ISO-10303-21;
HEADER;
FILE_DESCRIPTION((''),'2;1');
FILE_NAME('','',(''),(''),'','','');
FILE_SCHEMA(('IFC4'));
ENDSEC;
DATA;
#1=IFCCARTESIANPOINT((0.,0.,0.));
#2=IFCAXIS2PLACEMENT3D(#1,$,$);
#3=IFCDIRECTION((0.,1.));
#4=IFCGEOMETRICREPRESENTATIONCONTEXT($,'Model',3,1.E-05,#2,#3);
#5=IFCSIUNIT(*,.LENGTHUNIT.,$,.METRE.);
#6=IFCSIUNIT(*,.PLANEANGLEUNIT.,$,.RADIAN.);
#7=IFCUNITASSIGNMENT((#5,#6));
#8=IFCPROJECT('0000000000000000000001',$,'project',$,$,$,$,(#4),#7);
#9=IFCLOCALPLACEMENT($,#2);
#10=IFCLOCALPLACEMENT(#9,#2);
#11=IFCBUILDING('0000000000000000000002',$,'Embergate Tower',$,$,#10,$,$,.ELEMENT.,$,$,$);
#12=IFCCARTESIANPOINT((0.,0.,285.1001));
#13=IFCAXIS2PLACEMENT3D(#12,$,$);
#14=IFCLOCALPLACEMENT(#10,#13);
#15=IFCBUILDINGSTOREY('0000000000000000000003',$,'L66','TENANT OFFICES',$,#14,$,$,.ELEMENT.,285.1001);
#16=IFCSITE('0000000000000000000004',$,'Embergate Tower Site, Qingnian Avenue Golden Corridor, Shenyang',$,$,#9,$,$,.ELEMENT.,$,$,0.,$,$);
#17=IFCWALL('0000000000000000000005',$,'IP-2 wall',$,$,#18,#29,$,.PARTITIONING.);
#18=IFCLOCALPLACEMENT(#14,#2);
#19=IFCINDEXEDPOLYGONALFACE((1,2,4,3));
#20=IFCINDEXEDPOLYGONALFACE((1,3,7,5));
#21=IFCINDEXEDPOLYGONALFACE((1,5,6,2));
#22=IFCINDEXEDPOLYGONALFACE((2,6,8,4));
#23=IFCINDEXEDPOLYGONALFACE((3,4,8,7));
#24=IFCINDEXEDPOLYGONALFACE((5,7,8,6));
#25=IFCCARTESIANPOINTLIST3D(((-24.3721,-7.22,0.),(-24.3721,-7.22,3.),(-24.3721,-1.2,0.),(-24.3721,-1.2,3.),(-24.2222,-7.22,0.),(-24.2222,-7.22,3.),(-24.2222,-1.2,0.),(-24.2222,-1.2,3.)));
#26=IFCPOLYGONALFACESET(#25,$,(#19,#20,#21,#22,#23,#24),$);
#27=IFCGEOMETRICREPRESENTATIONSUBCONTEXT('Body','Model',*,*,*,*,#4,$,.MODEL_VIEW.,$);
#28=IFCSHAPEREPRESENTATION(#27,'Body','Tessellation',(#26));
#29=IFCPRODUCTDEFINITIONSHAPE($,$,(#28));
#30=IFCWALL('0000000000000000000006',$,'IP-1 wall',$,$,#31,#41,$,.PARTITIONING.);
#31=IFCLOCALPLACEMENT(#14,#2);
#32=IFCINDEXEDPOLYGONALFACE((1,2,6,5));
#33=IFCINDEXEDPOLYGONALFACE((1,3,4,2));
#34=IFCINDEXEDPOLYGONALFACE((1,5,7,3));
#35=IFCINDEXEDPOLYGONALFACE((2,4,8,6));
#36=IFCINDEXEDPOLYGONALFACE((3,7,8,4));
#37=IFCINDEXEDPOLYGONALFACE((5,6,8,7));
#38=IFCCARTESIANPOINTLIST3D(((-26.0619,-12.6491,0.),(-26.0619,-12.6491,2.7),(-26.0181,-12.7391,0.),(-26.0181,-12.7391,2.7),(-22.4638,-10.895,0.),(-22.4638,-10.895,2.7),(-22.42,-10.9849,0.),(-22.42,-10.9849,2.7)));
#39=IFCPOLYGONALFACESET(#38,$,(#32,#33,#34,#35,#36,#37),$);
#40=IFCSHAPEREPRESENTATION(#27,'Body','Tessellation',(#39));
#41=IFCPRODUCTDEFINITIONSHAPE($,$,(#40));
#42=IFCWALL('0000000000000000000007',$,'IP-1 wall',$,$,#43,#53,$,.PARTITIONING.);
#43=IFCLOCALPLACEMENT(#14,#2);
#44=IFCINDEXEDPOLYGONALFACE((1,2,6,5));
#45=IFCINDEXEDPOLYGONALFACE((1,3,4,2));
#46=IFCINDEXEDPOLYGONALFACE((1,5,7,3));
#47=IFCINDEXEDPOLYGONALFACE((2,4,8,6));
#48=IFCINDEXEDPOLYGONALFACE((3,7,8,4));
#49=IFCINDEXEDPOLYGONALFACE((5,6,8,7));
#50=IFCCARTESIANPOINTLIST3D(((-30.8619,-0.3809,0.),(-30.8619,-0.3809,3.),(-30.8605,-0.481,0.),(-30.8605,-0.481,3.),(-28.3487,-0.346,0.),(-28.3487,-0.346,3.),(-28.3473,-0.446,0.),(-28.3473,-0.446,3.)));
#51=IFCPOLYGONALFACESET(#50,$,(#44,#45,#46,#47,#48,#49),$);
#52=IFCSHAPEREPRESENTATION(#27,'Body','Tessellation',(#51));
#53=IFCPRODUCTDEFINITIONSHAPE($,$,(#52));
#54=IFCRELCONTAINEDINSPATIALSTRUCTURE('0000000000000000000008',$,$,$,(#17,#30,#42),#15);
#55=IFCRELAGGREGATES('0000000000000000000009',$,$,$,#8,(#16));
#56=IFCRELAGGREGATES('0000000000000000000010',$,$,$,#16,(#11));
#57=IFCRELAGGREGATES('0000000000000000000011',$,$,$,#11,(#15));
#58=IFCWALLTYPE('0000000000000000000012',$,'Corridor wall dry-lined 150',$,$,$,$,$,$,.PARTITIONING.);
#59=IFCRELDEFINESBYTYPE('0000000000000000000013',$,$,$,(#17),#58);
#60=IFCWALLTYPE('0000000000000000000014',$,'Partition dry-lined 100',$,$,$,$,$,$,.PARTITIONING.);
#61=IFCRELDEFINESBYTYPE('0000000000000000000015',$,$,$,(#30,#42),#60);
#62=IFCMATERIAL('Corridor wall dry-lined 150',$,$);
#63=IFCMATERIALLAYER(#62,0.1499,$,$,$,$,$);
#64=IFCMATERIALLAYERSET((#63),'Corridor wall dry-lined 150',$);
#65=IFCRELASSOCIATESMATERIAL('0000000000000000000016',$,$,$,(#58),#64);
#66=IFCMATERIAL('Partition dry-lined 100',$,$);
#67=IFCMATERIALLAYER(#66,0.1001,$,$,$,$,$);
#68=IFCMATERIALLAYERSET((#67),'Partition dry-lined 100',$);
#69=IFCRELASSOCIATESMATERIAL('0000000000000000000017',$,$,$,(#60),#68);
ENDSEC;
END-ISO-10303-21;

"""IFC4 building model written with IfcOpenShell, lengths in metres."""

from ifc_helpers import new_model, si_unit, direction, frame, frame_2d, origin, place, context, subcontext, project, spatial, rectangle, extrude, source, transform, mapped, material, layer, layer_set, type_object, element, save


model = new_model("IFC4")

# Units and contexts
model_context = context("Model", 3, precision=1e-05, world=origin(), true_north=direction((0.0, 1.0)))
body_context = subcontext(model_context, "Body", "Model", "MODEL_VIEW")
ifc_project = project(units=[si_unit("LENGTHUNIT", "METRE"), si_unit("PLANEANGLEUNIT", "RADIAN")], contexts=[model_context])

# Site, building, storey
site_placement = place(None, origin())
site = spatial("IfcSite", under=ifc_project, at=site_placement, Name="Embergate Tower Site, Qingnian Avenue Golden Corridor, Shenyang", CompositionType="ELEMENT", RefElevation=0.0)
building_placement = place(site_placement, origin())
building = spatial("IfcBuilding", under=site, at=building_placement, Name="Embergate Tower", CompositionType="ELEMENT")
storey_placement = place(building_placement, frame((0.0, 0.0, 285.1001)))
storey = spatial("IfcBuildingStorey", under=building, at=storey_placement, Name="L66", Description="TENANT OFFICES", CompositionType="ELEMENT", Elevation=285.1001)

# Shared definitions
ifc_material_1 = material(Name="Corridor wall dry-lined 150")
ifc_layer_1 = layer(ifc_material_1, 0.1499)
ifc_layer_set_1 = layer_set([ifc_layer_1], Name="Corridor wall dry-lined 150")
wall_type_1 = type_object("IfcWallType", Name="Corridor wall dry-lined 150", PredefinedType="PARTITIONING", material=ifc_layer_set_1)

# Walls
shared_shape_1 = source(origin(), body_context, "Body", "SweptSolid", [
    extrude(rectangle(XDim=6.02, YDim=0.1499, at=frame_2d((3.01, 0.0))), origin(), (0.0, 0.0, 1.0), 3.0),
])
wall_1_placement = place(storey_placement, frame((-24.2971, -1.2, 0.0), z_axis=(0.0, 0.0, 1.0), x_axis=(0.0, -1.0, 0.0)))
element("IfcWall", 1, at=wall_1_placement, inside=storey, type_object=wall_type_1, Name="IP-2 wall", PredefinedType="PARTITIONING", context=body_context, shape_type="MappedRepresentation", body=[
    mapped(shared_shape_1, transform((0.0, 0.0, 0.0))),
])
ifc_material_2 = material(Name="Partition dry-lined 100")
ifc_layer_2 = layer(ifc_material_2, 0.1001)
ifc_layer_set_2 = layer_set([ifc_layer_2], Name="Partition dry-lined 100")
wall_type_2 = type_object("IfcWallType", Name="Partition dry-lined 100", PredefinedType="PARTITIONING", material=ifc_layer_set_2)
shared_shape_2 = source(origin(), body_context, "Body", "SweptSolid", [
    extrude(rectangle(XDim=4.0029, YDim=0.1001, at=frame_2d((2.0015, 0.0))), origin(), (0.0, 0.0, 1.0), 2.7),
])
wall_2_placement = place(storey_placement, frame((-22.4419, -10.9399, 0.0), z_axis=(0.0, 0.0, 1.0), x_axis=(-0.898871, -0.438213, 0.0)))
element("IfcWall", 2, at=wall_2_placement, inside=storey, type_object=wall_type_2, Name="IP-1 wall", PredefinedType="PARTITIONING", context=body_context, shape_type="MappedRepresentation", body=[
    mapped(shared_shape_2, transform((0.0, 0.0, 0.0))),
])
shared_shape_3 = source(origin(), body_context, "Body", "SweptSolid", [
    extrude(rectangle(XDim=2.5134, YDim=0.1001, at=frame_2d((1.2568, 0.0))), origin(), (0.0, 0.0, 1.0), 3.0),
])
wall_3_placement = place(storey_placement, frame((-28.3479, -0.396, 0.0), z_axis=(0.0, 0.0, 1.0), x_axis=(-0.999904, -0.01389, 0.0)))
element("IfcWall", 3, at=wall_3_placement, inside=storey, type_object=wall_type_2, Name="IP-1 wall", PredefinedType="PARTITIONING", context=body_context, shape_type="MappedRepresentation", body=[
    mapped(shared_shape_3, transform((0.0, 0.0, 0.0))),
])

save(model, "model.ifc")
